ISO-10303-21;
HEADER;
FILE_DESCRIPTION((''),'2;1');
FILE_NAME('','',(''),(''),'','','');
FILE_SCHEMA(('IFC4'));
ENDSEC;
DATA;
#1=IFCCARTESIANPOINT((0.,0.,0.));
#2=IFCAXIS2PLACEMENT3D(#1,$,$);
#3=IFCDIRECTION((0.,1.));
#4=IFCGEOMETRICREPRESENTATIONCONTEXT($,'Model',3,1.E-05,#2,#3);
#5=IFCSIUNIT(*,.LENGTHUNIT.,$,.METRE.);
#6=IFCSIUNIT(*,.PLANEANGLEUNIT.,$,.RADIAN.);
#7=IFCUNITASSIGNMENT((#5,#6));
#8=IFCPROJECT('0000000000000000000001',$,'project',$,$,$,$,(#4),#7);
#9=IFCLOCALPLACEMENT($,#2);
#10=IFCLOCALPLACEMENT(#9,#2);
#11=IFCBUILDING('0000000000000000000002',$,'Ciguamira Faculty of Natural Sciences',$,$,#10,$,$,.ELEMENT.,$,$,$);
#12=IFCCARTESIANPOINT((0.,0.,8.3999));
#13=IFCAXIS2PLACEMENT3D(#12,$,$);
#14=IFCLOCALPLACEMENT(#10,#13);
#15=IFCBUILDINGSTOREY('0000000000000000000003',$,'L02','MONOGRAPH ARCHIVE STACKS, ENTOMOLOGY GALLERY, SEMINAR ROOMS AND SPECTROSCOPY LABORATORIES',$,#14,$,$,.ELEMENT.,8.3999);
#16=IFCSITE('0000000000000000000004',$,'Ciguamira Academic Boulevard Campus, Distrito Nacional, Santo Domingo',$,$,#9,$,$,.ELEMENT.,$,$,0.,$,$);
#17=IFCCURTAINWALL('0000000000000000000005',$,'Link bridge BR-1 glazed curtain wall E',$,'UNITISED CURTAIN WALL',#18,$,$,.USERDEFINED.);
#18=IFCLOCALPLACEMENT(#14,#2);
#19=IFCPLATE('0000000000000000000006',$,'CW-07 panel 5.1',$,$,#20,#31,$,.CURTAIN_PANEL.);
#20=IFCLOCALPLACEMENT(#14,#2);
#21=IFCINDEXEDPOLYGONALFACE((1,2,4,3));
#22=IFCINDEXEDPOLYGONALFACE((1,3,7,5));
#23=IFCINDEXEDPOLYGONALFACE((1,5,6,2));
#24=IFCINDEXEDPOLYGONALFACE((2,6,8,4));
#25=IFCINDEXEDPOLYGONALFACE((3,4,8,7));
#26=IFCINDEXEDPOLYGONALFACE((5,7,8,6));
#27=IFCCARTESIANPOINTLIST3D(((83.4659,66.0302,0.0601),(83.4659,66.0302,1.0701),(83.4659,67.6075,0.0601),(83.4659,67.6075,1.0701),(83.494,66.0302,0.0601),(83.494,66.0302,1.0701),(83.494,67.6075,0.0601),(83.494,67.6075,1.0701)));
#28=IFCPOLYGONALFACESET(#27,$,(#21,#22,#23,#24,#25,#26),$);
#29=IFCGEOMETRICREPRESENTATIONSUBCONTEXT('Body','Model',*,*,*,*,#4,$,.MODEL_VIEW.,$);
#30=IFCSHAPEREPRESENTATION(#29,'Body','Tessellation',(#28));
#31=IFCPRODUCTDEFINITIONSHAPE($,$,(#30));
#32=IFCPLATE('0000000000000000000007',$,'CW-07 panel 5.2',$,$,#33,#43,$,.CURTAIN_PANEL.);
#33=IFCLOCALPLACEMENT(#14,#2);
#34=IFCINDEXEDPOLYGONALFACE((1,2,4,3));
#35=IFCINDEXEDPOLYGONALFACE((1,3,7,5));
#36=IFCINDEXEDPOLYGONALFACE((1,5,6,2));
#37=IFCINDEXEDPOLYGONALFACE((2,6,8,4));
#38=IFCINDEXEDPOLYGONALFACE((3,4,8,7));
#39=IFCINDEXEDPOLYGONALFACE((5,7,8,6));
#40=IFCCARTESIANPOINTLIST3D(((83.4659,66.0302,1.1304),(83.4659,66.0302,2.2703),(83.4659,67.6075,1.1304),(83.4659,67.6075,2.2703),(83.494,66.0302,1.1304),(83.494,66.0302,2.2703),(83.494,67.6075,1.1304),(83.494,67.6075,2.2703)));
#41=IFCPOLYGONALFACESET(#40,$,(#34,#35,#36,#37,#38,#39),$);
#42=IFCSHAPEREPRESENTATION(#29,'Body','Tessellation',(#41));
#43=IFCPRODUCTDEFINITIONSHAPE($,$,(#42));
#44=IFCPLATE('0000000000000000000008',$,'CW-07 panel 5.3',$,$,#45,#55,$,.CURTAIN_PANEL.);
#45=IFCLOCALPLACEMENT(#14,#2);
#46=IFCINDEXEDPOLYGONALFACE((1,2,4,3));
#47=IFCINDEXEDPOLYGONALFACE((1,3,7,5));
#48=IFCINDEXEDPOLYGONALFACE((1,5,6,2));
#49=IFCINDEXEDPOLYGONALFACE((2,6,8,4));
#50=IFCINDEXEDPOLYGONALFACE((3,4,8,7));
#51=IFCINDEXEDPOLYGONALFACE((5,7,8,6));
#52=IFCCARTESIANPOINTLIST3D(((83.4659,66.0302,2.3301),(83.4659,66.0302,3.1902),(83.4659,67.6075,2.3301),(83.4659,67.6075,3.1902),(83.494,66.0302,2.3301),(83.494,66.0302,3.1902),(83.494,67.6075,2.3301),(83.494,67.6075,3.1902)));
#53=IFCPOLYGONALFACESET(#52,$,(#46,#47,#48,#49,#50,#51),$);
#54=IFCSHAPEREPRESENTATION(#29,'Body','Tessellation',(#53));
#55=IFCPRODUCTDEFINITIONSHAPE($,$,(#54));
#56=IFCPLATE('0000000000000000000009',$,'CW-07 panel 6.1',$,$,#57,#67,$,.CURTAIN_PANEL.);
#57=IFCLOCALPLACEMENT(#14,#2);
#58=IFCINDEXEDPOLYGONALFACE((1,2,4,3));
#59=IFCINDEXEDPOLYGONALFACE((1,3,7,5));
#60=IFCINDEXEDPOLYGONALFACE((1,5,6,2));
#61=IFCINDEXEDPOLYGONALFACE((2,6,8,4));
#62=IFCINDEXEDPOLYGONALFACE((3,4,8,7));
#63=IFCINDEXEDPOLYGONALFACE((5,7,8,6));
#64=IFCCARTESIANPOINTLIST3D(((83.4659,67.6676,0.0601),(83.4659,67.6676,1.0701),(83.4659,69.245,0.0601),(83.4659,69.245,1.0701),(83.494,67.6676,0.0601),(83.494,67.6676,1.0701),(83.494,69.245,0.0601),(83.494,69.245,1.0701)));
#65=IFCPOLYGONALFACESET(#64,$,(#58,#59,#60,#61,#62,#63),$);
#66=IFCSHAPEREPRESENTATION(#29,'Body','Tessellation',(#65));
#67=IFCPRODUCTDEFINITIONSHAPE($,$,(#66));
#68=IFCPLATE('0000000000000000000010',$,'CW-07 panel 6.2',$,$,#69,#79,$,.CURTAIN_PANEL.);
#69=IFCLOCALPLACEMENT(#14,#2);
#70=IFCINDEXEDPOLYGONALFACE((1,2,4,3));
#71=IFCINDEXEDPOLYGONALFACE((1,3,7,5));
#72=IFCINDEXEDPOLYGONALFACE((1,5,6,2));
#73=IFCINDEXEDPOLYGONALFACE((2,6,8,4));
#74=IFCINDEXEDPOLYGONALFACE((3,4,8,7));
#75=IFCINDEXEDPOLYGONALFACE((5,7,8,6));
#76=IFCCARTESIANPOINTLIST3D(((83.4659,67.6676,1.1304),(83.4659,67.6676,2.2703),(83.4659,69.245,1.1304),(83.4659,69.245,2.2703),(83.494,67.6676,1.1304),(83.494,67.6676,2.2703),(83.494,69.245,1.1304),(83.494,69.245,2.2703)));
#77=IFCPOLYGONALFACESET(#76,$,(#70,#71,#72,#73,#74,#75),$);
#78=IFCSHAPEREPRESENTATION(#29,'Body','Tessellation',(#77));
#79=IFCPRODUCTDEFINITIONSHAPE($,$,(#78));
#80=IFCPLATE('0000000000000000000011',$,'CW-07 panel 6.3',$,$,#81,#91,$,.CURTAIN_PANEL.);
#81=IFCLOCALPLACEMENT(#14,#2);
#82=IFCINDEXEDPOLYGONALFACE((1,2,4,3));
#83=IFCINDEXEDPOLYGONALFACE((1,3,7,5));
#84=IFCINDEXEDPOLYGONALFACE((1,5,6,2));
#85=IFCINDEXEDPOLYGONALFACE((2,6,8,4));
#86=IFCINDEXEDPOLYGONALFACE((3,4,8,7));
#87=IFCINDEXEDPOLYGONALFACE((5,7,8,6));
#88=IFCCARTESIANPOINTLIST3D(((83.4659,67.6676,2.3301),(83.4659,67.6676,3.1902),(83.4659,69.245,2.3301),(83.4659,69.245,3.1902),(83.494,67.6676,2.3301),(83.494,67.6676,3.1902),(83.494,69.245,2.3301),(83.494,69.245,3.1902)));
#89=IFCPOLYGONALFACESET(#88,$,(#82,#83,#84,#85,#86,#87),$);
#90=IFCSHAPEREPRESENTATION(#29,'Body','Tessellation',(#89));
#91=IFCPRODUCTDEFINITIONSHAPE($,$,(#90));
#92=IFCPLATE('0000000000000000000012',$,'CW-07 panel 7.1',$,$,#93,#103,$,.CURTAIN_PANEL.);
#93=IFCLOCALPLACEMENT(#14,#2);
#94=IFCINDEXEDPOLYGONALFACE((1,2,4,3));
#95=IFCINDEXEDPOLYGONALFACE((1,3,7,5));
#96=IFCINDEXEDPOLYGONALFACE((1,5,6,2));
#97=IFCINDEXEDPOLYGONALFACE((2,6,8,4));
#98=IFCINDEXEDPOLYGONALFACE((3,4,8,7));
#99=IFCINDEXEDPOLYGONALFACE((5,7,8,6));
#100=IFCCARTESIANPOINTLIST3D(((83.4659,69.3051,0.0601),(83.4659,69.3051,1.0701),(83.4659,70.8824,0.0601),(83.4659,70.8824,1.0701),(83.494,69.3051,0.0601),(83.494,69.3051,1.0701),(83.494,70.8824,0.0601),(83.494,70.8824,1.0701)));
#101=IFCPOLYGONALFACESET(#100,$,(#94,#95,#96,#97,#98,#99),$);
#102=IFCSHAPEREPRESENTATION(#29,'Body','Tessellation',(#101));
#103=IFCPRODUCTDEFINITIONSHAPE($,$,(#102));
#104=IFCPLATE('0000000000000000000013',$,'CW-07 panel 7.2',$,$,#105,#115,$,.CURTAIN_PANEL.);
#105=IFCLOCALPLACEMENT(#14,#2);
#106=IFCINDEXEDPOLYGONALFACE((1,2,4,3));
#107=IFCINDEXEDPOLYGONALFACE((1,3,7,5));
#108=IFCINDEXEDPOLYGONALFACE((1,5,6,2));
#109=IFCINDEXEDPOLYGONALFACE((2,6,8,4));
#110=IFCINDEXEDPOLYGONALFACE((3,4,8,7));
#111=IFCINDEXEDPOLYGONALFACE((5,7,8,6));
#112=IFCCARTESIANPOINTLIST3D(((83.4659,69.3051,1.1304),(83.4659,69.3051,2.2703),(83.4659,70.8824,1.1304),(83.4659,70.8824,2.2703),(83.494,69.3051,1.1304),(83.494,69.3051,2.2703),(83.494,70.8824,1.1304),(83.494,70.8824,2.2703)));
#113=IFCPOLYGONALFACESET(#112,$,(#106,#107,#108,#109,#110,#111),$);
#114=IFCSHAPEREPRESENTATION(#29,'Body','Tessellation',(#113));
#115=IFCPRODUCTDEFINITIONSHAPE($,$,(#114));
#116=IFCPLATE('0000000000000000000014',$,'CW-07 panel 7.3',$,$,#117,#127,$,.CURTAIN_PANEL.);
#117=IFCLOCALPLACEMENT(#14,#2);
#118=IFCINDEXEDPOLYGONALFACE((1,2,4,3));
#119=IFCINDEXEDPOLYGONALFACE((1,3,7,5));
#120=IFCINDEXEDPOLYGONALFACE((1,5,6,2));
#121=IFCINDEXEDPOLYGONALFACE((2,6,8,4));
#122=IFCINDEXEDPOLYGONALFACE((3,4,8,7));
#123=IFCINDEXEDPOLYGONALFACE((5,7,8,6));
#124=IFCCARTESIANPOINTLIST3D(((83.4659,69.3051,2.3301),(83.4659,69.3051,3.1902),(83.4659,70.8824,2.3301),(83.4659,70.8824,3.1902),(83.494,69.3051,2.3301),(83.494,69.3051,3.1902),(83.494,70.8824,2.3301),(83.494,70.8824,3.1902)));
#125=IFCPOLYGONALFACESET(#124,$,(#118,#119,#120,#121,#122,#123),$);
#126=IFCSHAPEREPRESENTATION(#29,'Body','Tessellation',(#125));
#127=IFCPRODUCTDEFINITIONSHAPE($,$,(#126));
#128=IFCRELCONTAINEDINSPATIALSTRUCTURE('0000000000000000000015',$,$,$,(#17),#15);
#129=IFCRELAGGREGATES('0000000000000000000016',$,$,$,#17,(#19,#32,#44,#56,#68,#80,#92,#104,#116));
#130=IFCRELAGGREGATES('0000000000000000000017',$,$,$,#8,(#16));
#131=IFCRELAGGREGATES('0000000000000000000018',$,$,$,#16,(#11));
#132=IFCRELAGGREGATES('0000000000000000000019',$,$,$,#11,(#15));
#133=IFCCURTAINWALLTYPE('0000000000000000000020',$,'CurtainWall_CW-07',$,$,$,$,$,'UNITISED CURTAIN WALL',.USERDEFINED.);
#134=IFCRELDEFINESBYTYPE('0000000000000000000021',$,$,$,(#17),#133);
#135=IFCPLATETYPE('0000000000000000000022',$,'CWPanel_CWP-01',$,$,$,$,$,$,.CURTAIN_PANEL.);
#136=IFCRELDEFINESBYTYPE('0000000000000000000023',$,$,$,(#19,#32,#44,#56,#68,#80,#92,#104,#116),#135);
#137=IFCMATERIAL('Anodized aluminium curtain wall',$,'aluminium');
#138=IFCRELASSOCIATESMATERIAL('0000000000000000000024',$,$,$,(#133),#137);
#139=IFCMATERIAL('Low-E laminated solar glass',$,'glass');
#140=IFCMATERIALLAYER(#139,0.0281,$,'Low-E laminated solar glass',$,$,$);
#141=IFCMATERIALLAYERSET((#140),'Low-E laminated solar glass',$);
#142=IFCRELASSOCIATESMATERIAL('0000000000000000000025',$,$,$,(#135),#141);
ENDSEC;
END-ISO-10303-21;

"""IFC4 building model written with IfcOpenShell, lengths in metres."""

from ifc_helpers import new_model, si_unit, direction, frame, origin, origin_2d, place, context, subcontext, project, spatial, rectangle, extrude, material, layer, layer_set, type_object, element, aggregate, save


model = new_model("IFC4")

# Units and contexts
model_context = context("Model", 3, precision=1e-05, world=origin(), true_north=direction((0.0, 1.0)))
body_context = subcontext(model_context, "Body", "Model", "MODEL_VIEW")
ifc_project = project(units=[si_unit("LENGTHUNIT", "METRE"), si_unit("PLANEANGLEUNIT", "RADIAN")], contexts=[model_context])

# Site, building, storey
site_placement = place(None, origin())
site = spatial("IfcSite", under=ifc_project, at=site_placement, Name="Ciguamira Academic Boulevard Campus, Distrito Nacional, Santo Domingo", CompositionType="ELEMENT", RefElevation=0.0)
building_placement = place(site_placement, origin())
building = spatial("IfcBuilding", under=site, at=building_placement, Name="Ciguamira Faculty of Natural Sciences", CompositionType="ELEMENT")
storey_placement = place(building_placement, frame((0.0, 0.0, 8.3999)))
storey = spatial("IfcBuildingStorey", under=building, at=storey_placement, Name="L02", Description="MONOGRAPH ARCHIVE STACKS, ENTOMOLOGY GALLERY, SEMINAR ROOMS AND SPECTROSCOPY LABORATORIES", CompositionType="ELEMENT", Elevation=8.3999)

# Curtain wall
ifc_material_1 = material(Name="Anodized aluminium curtain wall", Category="aluminium")
curtain_wall_type_1 = type_object("IfcCurtainWallType", Name="CurtainWall_CW-07", ElementType="UNITISED CURTAIN WALL", PredefinedType="USERDEFINED", material=ifc_material_1)
curtain_wall_1_placement = place(storey_placement, origin())
curtain_wall_1 = element("IfcCurtainWall", 1, at=curtain_wall_1_placement, inside=storey, type_object=curtain_wall_type_1, Name="Link bridge BR-1 glazed curtain wall E", ObjectType="UNITISED CURTAIN WALL", PredefinedType="USERDEFINED")

# Plates
ifc_material_2 = material(Name="Low-E laminated solar glass", Category="glass")
ifc_layer = layer(ifc_material_2, 0.0281, Name="Low-E laminated solar glass")
ifc_layer_set = layer_set([ifc_layer], Name="Low-E laminated solar glass")
plate_type = type_object("IfcPlateType", Name="CWPanel_CWP-01", PredefinedType="CURTAIN_PANEL", material=ifc_layer_set)
plate_1_placement = place(storey_placement, frame((83.48, 66.8188, 0.0601), z_axis=(0.0, 0.0, 1.0), x_axis=(0.0, 1.0, 0.0)))
plate_1 = element("IfcPlate", 2, at=plate_1_placement, type_object=plate_type, Name="CW-07 panel 5.1", PredefinedType="CURTAIN_PANEL", context=body_context, shape_type="SweptSolid", body=[
    extrude(rectangle(XDim=1.5774, YDim=0.0281, at=origin_2d()), origin(), (0.0, 0.0, 1.0), 1.01),
])
plate_2_placement = place(storey_placement, frame((83.48, 66.8188, 1.1304), z_axis=(0.0, 0.0, 1.0), x_axis=(0.0, 1.0, 0.0)))
plate_2 = element("IfcPlate", 3, at=plate_2_placement, type_object=plate_type, Name="CW-07 panel 5.2", PredefinedType="CURTAIN_PANEL", context=body_context, shape_type="SweptSolid", body=[
    extrude(rectangle(XDim=1.5774, YDim=0.0281, at=origin_2d()), origin(), (0.0, 0.0, 1.0), 1.1399),
])
plate_3_placement = place(storey_placement, frame((83.48, 66.8188, 2.3301), z_axis=(0.0, 0.0, 1.0), x_axis=(0.0, 1.0, 0.0)))
plate_3 = element("IfcPlate", 4, at=plate_3_placement, type_object=plate_type, Name="CW-07 panel 5.3", PredefinedType="CURTAIN_PANEL", context=body_context, shape_type="SweptSolid", body=[
    extrude(rectangle(XDim=1.5774, YDim=0.0281, at=origin_2d()), origin(), (0.0, 0.0, 1.0), 0.8601),
])
plate_4_placement = place(storey_placement, frame((83.48, 68.4563, 0.0601), z_axis=(0.0, 0.0, 1.0), x_axis=(0.0, 1.0, 0.0)))
plate_4 = element("IfcPlate", 5, at=plate_4_placement, type_object=plate_type, Name="CW-07 panel 6.1", PredefinedType="CURTAIN_PANEL", context=body_context, shape_type="SweptSolid", body=[
    extrude(rectangle(XDim=1.5774, YDim=0.0281, at=origin_2d()), origin(), (0.0, 0.0, 1.0), 1.01),
])
plate_5_placement = place(storey_placement, frame((83.48, 68.4563, 1.1304), z_axis=(0.0, 0.0, 1.0), x_axis=(0.0, 1.0, 0.0)))
plate_5 = element("IfcPlate", 6, at=plate_5_placement, type_object=plate_type, Name="CW-07 panel 6.2", PredefinedType="CURTAIN_PANEL", context=body_context, shape_type="SweptSolid", body=[
    extrude(rectangle(XDim=1.5774, YDim=0.0281, at=origin_2d()), origin(), (0.0, 0.0, 1.0), 1.1399),
])
plate_6_placement = place(storey_placement, frame((83.48, 68.4563, 2.3301), z_axis=(0.0, 0.0, 1.0), x_axis=(0.0, 1.0, 0.0)))
plate_6 = element("IfcPlate", 7, at=plate_6_placement, type_object=plate_type, Name="CW-07 panel 6.3", PredefinedType="CURTAIN_PANEL", context=body_context, shape_type="SweptSolid", body=[
    extrude(rectangle(XDim=1.5774, YDim=0.0281, at=origin_2d()), origin(), (0.0, 0.0, 1.0), 0.8601),
])
plate_7_placement = place(storey_placement, frame((83.48, 70.0938, 0.0601), z_axis=(0.0, 0.0, 1.0), x_axis=(0.0, 1.0, 0.0)))
plate_7 = element("IfcPlate", 8, at=plate_7_placement, type_object=plate_type, Name="CW-07 panel 7.1", PredefinedType="CURTAIN_PANEL", context=body_context, shape_type="SweptSolid", body=[
    extrude(rectangle(XDim=1.5774, YDim=0.0281, at=origin_2d()), origin(), (0.0, 0.0, 1.0), 1.01),
])
plate_8_placement = place(storey_placement, frame((83.48, 70.0938, 1.1304), z_axis=(0.0, 0.0, 1.0), x_axis=(0.0, 1.0, 0.0)))
plate_8 = element("IfcPlate", 9, at=plate_8_placement, type_object=plate_type, Name="CW-07 panel 7.2", PredefinedType="CURTAIN_PANEL", context=body_context, shape_type="SweptSolid", body=[
    extrude(rectangle(XDim=1.5774, YDim=0.0281, at=origin_2d()), origin(), (0.0, 0.0, 1.0), 1.1399),
])
plate_9_placement = place(storey_placement, frame((83.48, 70.0938, 2.3301), z_axis=(0.0, 0.0, 1.0), x_axis=(0.0, 1.0, 0.0)))
plate_9 = element("IfcPlate", 10, at=plate_9_placement, type_object=plate_type, Name="CW-07 panel 7.3", PredefinedType="CURTAIN_PANEL", context=body_context, shape_type="SweptSolid", body=[
    extrude(rectangle(XDim=1.5774, YDim=0.0281, at=origin_2d()), origin(), (0.0, 0.0, 1.0), 0.8601),
])
aggregate(curtain_wall_1, [plate_1, plate_2, plate_3, plate_4, plate_5, plate_6, plate_7, plate_8, plate_9])

save(model, "model.ifc")
